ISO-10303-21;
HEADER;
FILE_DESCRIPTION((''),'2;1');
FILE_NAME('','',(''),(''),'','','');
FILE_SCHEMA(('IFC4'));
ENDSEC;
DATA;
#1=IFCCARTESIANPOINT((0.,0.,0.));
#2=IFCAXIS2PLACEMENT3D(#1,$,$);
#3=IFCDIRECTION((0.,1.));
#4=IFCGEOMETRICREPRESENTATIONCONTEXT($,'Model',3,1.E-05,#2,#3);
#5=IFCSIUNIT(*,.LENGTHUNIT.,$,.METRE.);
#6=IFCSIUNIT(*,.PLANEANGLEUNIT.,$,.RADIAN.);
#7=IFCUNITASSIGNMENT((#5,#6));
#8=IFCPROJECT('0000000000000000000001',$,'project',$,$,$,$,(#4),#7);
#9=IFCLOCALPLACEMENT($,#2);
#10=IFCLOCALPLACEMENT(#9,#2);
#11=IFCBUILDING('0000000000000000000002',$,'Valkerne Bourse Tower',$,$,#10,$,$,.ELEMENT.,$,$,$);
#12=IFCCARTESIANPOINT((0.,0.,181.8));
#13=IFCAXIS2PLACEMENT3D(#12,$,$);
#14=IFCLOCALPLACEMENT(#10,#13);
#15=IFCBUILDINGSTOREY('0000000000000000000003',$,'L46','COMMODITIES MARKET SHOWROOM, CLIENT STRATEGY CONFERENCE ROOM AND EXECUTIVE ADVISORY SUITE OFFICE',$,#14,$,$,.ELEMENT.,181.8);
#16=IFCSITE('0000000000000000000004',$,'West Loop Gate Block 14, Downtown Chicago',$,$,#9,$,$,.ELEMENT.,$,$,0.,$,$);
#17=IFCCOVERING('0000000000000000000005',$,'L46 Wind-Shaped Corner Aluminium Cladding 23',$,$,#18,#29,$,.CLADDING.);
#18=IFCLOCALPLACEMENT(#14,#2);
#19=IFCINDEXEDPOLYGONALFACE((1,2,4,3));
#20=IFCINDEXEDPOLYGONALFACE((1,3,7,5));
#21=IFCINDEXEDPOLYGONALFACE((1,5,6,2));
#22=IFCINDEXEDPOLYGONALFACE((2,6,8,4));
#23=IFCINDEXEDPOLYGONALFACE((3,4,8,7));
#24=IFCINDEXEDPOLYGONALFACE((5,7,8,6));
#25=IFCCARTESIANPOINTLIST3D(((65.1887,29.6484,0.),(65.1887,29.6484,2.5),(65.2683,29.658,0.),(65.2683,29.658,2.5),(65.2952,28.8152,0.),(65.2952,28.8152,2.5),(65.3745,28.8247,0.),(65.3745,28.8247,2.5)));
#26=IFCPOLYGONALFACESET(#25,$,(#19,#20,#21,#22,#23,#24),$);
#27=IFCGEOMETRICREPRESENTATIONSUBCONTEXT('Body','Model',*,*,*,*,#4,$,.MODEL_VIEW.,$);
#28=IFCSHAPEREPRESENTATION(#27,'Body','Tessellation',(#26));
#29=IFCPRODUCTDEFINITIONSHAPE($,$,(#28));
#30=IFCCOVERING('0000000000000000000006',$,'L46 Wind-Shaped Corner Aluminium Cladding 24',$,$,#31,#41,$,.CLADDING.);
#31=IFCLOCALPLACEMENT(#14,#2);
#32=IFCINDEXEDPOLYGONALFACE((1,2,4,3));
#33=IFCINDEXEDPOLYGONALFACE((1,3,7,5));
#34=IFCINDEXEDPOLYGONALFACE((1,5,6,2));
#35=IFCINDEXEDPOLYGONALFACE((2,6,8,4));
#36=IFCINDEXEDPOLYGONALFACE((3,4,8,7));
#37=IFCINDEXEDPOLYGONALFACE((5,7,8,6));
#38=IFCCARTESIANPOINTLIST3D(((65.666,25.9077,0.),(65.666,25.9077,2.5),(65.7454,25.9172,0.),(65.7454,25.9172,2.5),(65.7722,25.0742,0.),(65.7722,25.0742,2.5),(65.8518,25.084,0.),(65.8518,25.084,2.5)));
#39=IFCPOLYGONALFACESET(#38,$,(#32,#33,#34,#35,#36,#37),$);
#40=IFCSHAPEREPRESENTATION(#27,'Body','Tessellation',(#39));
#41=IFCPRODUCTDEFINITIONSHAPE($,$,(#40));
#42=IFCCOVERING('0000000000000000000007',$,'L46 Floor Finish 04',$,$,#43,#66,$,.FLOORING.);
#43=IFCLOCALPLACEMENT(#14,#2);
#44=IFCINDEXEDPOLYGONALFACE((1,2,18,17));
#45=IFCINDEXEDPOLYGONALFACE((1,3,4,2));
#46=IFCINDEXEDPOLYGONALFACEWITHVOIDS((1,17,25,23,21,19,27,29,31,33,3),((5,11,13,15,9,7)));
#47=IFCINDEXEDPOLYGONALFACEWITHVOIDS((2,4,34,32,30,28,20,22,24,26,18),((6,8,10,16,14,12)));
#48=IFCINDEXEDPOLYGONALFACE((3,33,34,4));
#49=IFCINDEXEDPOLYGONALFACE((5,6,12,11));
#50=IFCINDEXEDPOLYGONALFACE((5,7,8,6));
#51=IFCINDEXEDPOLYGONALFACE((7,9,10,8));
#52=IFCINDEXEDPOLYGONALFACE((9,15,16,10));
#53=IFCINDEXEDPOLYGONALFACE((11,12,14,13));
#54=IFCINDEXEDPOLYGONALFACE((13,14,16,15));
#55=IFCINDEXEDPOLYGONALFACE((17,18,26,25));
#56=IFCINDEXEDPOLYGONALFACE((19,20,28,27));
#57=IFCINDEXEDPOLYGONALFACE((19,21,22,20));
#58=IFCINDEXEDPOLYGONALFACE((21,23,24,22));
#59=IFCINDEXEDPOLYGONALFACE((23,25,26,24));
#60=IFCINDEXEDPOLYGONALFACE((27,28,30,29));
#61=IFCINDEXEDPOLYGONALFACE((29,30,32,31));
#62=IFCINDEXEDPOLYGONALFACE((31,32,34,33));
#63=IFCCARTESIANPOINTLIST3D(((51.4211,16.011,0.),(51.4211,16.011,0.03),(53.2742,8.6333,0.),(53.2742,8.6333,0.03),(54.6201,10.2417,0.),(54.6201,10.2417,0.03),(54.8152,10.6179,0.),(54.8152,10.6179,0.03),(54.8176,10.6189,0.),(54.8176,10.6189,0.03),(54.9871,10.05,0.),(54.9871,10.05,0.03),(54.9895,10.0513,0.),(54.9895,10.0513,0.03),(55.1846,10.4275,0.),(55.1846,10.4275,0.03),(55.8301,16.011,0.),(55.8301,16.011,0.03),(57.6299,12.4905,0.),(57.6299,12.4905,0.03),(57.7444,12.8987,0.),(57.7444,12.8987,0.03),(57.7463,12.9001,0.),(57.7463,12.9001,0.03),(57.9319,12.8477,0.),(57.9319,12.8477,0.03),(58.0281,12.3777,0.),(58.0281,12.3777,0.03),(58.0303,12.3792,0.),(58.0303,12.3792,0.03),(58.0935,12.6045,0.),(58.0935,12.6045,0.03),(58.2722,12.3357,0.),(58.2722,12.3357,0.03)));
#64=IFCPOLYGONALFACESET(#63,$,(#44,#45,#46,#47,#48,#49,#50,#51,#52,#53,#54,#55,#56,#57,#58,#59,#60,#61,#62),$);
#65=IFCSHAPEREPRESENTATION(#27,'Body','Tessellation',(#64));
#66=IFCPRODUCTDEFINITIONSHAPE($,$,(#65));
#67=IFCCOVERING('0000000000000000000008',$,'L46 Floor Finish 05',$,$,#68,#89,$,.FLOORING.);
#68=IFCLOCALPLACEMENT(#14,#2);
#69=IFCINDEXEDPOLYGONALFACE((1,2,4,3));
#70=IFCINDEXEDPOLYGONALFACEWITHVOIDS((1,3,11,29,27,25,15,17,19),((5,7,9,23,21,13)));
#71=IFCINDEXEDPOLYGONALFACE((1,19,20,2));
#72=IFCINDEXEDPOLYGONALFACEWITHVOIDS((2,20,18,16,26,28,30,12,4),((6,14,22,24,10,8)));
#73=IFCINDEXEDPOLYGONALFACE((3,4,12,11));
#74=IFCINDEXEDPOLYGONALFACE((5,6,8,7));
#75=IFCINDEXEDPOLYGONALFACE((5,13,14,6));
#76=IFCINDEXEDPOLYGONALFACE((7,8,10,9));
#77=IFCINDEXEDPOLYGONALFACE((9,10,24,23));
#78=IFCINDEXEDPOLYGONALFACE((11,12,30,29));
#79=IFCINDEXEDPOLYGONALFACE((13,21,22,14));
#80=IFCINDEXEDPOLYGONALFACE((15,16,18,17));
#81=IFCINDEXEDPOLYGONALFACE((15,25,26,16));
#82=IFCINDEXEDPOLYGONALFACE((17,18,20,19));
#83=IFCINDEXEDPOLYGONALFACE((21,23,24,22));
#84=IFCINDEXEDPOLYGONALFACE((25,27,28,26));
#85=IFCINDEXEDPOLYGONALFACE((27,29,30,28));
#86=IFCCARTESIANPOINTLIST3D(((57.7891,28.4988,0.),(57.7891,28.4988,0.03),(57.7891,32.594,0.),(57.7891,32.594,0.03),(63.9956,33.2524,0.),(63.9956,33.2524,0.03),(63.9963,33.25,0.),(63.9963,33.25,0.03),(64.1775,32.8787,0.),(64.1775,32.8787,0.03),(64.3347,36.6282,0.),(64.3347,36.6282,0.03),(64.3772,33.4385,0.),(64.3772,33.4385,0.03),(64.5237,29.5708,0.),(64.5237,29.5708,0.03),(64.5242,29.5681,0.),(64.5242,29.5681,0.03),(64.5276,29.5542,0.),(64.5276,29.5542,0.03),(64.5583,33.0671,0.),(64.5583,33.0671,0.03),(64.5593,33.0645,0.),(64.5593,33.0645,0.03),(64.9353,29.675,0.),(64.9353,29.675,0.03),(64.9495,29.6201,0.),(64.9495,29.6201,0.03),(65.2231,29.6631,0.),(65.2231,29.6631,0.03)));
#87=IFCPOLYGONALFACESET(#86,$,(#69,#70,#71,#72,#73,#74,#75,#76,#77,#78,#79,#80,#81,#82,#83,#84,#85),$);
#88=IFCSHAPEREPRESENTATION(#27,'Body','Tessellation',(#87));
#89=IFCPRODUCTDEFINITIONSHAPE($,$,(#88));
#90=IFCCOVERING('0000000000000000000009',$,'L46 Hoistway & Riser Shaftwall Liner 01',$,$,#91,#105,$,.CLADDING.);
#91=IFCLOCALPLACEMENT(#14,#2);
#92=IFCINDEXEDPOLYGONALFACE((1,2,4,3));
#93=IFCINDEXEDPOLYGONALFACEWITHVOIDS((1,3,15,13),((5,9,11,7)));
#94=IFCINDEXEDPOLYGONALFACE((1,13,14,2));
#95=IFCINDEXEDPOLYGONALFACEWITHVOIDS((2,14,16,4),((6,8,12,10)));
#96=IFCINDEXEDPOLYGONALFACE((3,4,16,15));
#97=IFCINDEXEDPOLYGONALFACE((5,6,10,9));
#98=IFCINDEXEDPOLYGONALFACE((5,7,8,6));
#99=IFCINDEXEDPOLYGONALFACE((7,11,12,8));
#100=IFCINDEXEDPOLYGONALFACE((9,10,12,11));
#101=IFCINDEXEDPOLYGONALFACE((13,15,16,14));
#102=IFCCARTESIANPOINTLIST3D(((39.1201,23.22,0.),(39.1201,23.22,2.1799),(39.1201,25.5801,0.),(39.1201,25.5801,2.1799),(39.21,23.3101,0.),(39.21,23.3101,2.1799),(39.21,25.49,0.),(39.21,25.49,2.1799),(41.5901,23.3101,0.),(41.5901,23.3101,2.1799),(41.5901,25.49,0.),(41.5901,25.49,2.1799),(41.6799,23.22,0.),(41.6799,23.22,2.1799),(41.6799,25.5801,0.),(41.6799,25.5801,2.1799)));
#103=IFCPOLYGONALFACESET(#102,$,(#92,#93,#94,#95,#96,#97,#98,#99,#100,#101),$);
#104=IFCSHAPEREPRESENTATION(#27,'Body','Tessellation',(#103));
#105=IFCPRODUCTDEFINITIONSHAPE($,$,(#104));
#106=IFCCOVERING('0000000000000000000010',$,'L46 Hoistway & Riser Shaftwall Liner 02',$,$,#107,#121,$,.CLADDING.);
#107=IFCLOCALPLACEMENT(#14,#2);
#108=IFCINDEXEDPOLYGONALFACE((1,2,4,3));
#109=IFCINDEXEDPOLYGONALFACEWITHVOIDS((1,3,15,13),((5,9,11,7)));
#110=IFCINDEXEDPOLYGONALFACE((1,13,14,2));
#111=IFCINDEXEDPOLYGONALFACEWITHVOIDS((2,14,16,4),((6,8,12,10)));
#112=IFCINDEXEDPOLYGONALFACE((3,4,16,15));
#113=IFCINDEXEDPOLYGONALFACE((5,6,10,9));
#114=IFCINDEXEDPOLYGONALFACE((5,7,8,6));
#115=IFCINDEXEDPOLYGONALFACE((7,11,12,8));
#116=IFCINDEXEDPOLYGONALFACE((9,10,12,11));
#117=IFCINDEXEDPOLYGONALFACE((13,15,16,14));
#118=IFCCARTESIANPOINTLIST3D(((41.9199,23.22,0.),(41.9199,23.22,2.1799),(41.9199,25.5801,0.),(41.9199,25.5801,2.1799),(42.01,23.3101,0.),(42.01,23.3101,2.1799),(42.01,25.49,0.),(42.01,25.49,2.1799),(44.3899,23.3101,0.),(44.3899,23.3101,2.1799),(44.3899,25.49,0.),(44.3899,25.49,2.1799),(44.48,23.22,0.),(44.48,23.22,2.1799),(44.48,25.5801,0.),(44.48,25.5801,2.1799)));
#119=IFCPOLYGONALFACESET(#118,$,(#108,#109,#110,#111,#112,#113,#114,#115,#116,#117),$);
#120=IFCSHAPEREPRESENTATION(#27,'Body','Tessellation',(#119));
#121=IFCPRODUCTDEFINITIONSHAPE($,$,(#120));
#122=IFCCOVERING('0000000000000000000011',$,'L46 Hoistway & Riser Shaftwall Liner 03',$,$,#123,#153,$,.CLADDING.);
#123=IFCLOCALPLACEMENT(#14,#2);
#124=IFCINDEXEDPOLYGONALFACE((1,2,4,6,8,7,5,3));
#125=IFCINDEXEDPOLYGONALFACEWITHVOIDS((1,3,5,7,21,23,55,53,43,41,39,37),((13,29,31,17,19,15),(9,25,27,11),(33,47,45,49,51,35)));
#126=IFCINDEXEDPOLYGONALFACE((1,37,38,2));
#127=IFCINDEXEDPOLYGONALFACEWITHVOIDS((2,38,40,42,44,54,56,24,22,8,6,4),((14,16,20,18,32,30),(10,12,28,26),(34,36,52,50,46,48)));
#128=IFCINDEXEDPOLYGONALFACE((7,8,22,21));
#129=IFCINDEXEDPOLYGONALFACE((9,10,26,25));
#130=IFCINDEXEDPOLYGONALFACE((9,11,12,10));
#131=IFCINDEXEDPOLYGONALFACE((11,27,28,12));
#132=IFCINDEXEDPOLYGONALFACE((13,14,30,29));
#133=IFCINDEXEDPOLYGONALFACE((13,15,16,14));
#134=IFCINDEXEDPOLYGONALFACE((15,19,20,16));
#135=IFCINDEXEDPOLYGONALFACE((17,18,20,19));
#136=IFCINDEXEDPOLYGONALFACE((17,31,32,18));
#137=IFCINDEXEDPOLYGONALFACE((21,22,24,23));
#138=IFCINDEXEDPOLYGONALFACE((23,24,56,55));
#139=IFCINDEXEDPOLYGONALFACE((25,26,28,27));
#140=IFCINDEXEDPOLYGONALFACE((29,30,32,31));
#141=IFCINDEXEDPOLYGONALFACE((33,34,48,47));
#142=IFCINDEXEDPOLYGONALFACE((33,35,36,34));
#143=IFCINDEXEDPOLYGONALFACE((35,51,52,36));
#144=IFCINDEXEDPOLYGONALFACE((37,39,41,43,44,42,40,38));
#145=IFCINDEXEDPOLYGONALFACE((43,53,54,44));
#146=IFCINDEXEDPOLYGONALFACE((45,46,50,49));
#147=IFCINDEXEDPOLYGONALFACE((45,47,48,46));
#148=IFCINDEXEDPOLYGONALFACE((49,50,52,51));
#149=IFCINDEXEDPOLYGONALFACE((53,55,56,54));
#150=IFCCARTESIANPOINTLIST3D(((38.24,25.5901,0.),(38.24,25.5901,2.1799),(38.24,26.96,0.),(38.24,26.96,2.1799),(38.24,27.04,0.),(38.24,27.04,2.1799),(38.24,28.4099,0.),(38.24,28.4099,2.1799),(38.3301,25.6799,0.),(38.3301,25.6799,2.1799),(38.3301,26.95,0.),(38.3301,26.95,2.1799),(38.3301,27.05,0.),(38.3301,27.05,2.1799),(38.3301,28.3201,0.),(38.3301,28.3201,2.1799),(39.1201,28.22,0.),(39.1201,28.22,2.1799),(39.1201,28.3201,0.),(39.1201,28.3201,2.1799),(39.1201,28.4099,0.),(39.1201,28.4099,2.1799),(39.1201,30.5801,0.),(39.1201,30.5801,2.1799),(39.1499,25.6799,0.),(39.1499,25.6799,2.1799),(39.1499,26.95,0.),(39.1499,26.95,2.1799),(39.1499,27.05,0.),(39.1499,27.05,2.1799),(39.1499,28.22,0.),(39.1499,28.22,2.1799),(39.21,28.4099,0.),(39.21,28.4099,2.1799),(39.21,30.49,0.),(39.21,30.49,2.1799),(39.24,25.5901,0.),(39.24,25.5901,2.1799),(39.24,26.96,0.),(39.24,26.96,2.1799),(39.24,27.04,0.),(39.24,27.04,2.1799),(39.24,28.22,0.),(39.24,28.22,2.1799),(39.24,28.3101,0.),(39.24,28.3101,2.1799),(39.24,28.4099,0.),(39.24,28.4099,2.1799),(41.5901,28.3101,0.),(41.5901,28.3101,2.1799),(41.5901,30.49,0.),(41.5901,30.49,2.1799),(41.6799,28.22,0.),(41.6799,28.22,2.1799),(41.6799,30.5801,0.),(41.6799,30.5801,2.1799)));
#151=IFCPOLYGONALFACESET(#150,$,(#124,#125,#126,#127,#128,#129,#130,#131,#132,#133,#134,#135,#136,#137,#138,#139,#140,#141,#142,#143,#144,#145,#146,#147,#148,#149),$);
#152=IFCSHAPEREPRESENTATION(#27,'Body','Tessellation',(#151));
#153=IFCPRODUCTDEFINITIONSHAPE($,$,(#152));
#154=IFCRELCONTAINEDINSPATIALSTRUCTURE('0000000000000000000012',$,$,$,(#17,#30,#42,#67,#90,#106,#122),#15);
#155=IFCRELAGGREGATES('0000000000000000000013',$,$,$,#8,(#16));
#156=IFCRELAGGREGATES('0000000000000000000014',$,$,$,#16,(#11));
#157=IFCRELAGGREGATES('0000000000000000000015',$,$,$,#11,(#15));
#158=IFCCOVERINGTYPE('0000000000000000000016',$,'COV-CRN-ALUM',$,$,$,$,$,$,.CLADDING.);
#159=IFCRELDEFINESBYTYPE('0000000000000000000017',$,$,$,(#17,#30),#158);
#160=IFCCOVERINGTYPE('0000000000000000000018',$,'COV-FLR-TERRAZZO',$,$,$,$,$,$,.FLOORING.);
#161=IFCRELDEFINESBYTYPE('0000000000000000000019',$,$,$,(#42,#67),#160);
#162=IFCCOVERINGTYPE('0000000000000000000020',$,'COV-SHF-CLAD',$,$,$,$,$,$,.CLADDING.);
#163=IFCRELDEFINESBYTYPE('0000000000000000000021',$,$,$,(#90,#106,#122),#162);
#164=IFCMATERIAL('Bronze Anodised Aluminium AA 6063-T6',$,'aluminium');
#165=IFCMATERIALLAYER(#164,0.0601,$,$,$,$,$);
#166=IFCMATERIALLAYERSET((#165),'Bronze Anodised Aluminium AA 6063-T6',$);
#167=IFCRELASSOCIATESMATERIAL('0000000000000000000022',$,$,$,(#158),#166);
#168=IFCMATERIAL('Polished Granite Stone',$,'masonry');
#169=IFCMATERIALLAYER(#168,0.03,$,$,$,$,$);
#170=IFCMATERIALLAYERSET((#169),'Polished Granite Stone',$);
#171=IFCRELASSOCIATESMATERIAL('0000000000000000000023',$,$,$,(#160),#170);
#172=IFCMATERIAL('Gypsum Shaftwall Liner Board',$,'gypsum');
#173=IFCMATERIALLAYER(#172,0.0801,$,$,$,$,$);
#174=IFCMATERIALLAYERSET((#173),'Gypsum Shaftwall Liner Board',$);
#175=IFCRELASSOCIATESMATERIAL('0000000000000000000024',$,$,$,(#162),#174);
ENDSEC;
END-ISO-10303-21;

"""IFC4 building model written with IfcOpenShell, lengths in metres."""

from ifc_helpers import new_model, si_unit, direction, frame, origin, place, context, subcontext, project, spatial, polyline, outline, extrude, material, layer, layer_set, type_object, element, save


model = new_model("IFC4")

# Units and contexts
model_context = context("Model", 3, precision=1e-05, world=origin(), true_north=direction((0.0, 1.0)))
body_context = subcontext(model_context, "Body", "Model", "MODEL_VIEW")
ifc_project = project(units=[si_unit("LENGTHUNIT", "METRE"), si_unit("PLANEANGLEUNIT", "RADIAN")], contexts=[model_context])

# Site, building, storey
site_placement = place(None, origin())
site = spatial("IfcSite", under=ifc_project, at=site_placement, Name="West Loop Gate Block 14, Downtown Chicago", CompositionType="ELEMENT", RefElevation=0.0)
building_placement = place(site_placement, origin())
building = spatial("IfcBuilding", under=site, at=building_placement, Name="Valkerne Bourse Tower", CompositionType="ELEMENT")
storey_placement = place(building_placement, frame((0.0, 0.0, 181.8)))
storey = spatial("IfcBuildingStorey", under=building, at=storey_placement, Name="L46", Description="COMMODITIES MARKET SHOWROOM, CLIENT STRATEGY CONFERENCE ROOM AND EXECUTIVE ADVISORY SUITE OFFICE", CompositionType="ELEMENT", Elevation=181.8)

# Coverings
ifc_material_1 = material(Name="Bronze Anodised Aluminium AA 6063-T6", Category="aluminium")
ifc_layer_1 = layer(ifc_material_1, 0.0601)
ifc_layer_set_1 = layer_set([ifc_layer_1], Name="Bronze Anodised Aluminium AA 6063-T6")
covering_type_1 = type_object("IfcCoveringType", Name="COV-CRN-ALUM", PredefinedType="CLADDING", material=ifc_layer_set_1)
covering_1_placement = place(storey_placement, origin())
element("IfcCovering", 1, at=covering_1_placement, inside=storey, type_object=covering_type_1, Name="L46 Wind-Shaped Corner Aluminium Cladding 23", PredefinedType="CLADDING", context=body_context, shape_type="SweptSolid", body=[
    extrude(outline(polyline([(65.3745, 28.8247), (65.2952, 28.8152), (65.1887, 29.6484), (65.2683, 29.658), (65.3745, 28.8247)])), origin(), (0.0, 0.0, 1.0), 2.5),
])
covering_2_placement = place(storey_placement, origin())
element("IfcCovering", 2, at=covering_2_placement, inside=storey, type_object=covering_type_1, Name="L46 Wind-Shaped Corner Aluminium Cladding 24", PredefinedType="CLADDING", context=body_context, shape_type="SweptSolid", body=[
    extrude(outline(polyline([(65.8518, 25.084), (65.7722, 25.0742), (65.666, 25.9077), (65.7454, 25.9172), (65.8518, 25.084)])), origin(), (0.0, 0.0, 1.0), 2.5),
])
ifc_material_2 = material(Name="Polished Granite Stone", Category="masonry")
ifc_layer_2 = layer(ifc_material_2, 0.03)
ifc_layer_set_2 = layer_set([ifc_layer_2], Name="Polished Granite Stone")
covering_type_2 = type_object("IfcCoveringType", Name="COV-FLR-TERRAZZO", PredefinedType="FLOORING", material=ifc_layer_set_2)
covering_3_placement = place(storey_placement, origin())
element("IfcCovering", 3, at=covering_3_placement, inside=storey, type_object=covering_type_2, Name="L46 Floor Finish 04", PredefinedType="FLOORING", context=body_context, shape_type="SweptSolid", body=[
    extrude(outline(polyline([(55.8301, 16.011), (57.9319, 12.8477), (57.7463, 12.9001), (57.7444, 12.8987), (57.6299, 12.4905), (58.0281, 12.3777), (58.0303, 12.3792), (58.0935, 12.6045), (58.2722, 12.3357), (53.2742, 8.6333), (51.4211, 16.011), (55.8301, 16.011)]), holes=[polyline([(54.9895, 10.0513), (55.1846, 10.4275), (54.8176, 10.6189), (54.8152, 10.6179), (54.6201, 10.2417), (54.9871, 10.05), (54.9895, 10.0513)])]), origin(), (0.0, 0.0, 1.0), 0.03),
])
covering_4_placement = place(storey_placement, origin())
element("IfcCovering", 4, at=covering_4_placement, inside=storey, type_object=covering_type_2, Name="L46 Floor Finish 05", PredefinedType="FLOORING", context=body_context, shape_type="SweptSolid", body=[
    extrude(outline(polyline([(57.7891, 32.594), (64.3347, 36.6282), (65.2231, 29.6631), (64.9495, 29.6201), (64.9353, 29.675), (64.5237, 29.5708), (64.5242, 29.5681), (64.5276, 29.5542), (57.7891, 28.4988), (57.7891, 32.594)]), holes=[polyline([(64.5593, 33.0645), (64.5583, 33.0671), (64.3772, 33.4385), (63.9956, 33.2524), (63.9963, 33.25), (64.1775, 32.8787), (64.5593, 33.0645)])]), origin(), (0.0, 0.0, 1.0), 0.03),
])
ifc_material_3 = material(Name="Gypsum Shaftwall Liner Board", Category="gypsum")
ifc_layer_3 = layer(ifc_material_3, 0.0801)
ifc_layer_set_3 = layer_set([ifc_layer_3], Name="Gypsum Shaftwall Liner Board")
covering_type_3 = type_object("IfcCoveringType", Name="COV-SHF-CLAD", PredefinedType="CLADDING", material=ifc_layer_set_3)
covering_5_placement = place(storey_placement, origin())
element("IfcCovering", 5, at=covering_5_placement, inside=storey, type_object=covering_type_3, Name="L46 Hoistway & Riser Shaftwall Liner 01", PredefinedType="CLADDING", context=body_context, shape_type="SweptSolid", body=[
    extrude(outline(polyline([(41.6799, 25.5801), (41.6799, 23.22), (39.1201, 23.22), (39.1201, 25.5801), (41.6799, 25.5801)]), holes=[polyline([(41.5901, 25.49), (39.21, 25.49), (39.21, 23.3101), (41.5901, 23.3101), (41.5901, 25.49)])]), origin(), (0.0, 0.0, 1.0), 2.1799),
])
covering_6_placement = place(storey_placement, origin())
element("IfcCovering", 6, at=covering_6_placement, inside=storey, type_object=covering_type_3, Name="L46 Hoistway & Riser Shaftwall Liner 02", PredefinedType="CLADDING", context=body_context, shape_type="SweptSolid", body=[
    extrude(outline(polyline([(44.48, 23.22), (41.9199, 23.22), (41.9199, 25.5801), (44.48, 25.5801), (44.48, 23.22)]), holes=[polyline([(42.01, 25.49), (42.01, 23.3101), (44.3899, 23.3101), (44.3899, 25.49), (42.01, 25.49)])]), origin(), (0.0, 0.0, 1.0), 2.1799),
])
covering_7_placement = place(storey_placement, origin())
element("IfcCovering", 7, at=covering_7_placement, inside=storey, type_object=covering_type_3, Name="L46 Hoistway & Riser Shaftwall Liner 03", PredefinedType="CLADDING", context=body_context, shape_type="SweptSolid", body=[
    extrude(outline(polyline([(38.24, 28.4099), (39.1201, 28.4099), (39.1201, 30.5801), (41.6799, 30.5801), (41.6799, 28.22), (39.24, 28.22), (39.24, 27.04), (39.24, 26.96), (39.24, 25.5901), (38.24, 25.5901), (38.24, 26.96), (38.24, 27.04), (38.24, 28.4099)]), holes=[polyline([(38.3301, 26.95), (38.3301, 25.6799), (39.1499, 25.6799), (39.1499, 26.95), (38.3301, 26.95)]), polyline([(39.21, 30.49), (39.21, 28.4099), (39.24, 28.4099), (39.24, 28.3101), (41.5901, 28.3101), (41.5901, 30.49), (39.21, 30.49)]), polyline([(38.3301, 27.05), (39.1499, 27.05), (39.1499, 28.22), (39.1201, 28.22), (39.1201, 28.3201), (38.3301, 28.3201), (38.3301, 27.05)])]), origin(), (0.0, 0.0, 1.0), 2.1799),
])

save(model, "model.ifc")
